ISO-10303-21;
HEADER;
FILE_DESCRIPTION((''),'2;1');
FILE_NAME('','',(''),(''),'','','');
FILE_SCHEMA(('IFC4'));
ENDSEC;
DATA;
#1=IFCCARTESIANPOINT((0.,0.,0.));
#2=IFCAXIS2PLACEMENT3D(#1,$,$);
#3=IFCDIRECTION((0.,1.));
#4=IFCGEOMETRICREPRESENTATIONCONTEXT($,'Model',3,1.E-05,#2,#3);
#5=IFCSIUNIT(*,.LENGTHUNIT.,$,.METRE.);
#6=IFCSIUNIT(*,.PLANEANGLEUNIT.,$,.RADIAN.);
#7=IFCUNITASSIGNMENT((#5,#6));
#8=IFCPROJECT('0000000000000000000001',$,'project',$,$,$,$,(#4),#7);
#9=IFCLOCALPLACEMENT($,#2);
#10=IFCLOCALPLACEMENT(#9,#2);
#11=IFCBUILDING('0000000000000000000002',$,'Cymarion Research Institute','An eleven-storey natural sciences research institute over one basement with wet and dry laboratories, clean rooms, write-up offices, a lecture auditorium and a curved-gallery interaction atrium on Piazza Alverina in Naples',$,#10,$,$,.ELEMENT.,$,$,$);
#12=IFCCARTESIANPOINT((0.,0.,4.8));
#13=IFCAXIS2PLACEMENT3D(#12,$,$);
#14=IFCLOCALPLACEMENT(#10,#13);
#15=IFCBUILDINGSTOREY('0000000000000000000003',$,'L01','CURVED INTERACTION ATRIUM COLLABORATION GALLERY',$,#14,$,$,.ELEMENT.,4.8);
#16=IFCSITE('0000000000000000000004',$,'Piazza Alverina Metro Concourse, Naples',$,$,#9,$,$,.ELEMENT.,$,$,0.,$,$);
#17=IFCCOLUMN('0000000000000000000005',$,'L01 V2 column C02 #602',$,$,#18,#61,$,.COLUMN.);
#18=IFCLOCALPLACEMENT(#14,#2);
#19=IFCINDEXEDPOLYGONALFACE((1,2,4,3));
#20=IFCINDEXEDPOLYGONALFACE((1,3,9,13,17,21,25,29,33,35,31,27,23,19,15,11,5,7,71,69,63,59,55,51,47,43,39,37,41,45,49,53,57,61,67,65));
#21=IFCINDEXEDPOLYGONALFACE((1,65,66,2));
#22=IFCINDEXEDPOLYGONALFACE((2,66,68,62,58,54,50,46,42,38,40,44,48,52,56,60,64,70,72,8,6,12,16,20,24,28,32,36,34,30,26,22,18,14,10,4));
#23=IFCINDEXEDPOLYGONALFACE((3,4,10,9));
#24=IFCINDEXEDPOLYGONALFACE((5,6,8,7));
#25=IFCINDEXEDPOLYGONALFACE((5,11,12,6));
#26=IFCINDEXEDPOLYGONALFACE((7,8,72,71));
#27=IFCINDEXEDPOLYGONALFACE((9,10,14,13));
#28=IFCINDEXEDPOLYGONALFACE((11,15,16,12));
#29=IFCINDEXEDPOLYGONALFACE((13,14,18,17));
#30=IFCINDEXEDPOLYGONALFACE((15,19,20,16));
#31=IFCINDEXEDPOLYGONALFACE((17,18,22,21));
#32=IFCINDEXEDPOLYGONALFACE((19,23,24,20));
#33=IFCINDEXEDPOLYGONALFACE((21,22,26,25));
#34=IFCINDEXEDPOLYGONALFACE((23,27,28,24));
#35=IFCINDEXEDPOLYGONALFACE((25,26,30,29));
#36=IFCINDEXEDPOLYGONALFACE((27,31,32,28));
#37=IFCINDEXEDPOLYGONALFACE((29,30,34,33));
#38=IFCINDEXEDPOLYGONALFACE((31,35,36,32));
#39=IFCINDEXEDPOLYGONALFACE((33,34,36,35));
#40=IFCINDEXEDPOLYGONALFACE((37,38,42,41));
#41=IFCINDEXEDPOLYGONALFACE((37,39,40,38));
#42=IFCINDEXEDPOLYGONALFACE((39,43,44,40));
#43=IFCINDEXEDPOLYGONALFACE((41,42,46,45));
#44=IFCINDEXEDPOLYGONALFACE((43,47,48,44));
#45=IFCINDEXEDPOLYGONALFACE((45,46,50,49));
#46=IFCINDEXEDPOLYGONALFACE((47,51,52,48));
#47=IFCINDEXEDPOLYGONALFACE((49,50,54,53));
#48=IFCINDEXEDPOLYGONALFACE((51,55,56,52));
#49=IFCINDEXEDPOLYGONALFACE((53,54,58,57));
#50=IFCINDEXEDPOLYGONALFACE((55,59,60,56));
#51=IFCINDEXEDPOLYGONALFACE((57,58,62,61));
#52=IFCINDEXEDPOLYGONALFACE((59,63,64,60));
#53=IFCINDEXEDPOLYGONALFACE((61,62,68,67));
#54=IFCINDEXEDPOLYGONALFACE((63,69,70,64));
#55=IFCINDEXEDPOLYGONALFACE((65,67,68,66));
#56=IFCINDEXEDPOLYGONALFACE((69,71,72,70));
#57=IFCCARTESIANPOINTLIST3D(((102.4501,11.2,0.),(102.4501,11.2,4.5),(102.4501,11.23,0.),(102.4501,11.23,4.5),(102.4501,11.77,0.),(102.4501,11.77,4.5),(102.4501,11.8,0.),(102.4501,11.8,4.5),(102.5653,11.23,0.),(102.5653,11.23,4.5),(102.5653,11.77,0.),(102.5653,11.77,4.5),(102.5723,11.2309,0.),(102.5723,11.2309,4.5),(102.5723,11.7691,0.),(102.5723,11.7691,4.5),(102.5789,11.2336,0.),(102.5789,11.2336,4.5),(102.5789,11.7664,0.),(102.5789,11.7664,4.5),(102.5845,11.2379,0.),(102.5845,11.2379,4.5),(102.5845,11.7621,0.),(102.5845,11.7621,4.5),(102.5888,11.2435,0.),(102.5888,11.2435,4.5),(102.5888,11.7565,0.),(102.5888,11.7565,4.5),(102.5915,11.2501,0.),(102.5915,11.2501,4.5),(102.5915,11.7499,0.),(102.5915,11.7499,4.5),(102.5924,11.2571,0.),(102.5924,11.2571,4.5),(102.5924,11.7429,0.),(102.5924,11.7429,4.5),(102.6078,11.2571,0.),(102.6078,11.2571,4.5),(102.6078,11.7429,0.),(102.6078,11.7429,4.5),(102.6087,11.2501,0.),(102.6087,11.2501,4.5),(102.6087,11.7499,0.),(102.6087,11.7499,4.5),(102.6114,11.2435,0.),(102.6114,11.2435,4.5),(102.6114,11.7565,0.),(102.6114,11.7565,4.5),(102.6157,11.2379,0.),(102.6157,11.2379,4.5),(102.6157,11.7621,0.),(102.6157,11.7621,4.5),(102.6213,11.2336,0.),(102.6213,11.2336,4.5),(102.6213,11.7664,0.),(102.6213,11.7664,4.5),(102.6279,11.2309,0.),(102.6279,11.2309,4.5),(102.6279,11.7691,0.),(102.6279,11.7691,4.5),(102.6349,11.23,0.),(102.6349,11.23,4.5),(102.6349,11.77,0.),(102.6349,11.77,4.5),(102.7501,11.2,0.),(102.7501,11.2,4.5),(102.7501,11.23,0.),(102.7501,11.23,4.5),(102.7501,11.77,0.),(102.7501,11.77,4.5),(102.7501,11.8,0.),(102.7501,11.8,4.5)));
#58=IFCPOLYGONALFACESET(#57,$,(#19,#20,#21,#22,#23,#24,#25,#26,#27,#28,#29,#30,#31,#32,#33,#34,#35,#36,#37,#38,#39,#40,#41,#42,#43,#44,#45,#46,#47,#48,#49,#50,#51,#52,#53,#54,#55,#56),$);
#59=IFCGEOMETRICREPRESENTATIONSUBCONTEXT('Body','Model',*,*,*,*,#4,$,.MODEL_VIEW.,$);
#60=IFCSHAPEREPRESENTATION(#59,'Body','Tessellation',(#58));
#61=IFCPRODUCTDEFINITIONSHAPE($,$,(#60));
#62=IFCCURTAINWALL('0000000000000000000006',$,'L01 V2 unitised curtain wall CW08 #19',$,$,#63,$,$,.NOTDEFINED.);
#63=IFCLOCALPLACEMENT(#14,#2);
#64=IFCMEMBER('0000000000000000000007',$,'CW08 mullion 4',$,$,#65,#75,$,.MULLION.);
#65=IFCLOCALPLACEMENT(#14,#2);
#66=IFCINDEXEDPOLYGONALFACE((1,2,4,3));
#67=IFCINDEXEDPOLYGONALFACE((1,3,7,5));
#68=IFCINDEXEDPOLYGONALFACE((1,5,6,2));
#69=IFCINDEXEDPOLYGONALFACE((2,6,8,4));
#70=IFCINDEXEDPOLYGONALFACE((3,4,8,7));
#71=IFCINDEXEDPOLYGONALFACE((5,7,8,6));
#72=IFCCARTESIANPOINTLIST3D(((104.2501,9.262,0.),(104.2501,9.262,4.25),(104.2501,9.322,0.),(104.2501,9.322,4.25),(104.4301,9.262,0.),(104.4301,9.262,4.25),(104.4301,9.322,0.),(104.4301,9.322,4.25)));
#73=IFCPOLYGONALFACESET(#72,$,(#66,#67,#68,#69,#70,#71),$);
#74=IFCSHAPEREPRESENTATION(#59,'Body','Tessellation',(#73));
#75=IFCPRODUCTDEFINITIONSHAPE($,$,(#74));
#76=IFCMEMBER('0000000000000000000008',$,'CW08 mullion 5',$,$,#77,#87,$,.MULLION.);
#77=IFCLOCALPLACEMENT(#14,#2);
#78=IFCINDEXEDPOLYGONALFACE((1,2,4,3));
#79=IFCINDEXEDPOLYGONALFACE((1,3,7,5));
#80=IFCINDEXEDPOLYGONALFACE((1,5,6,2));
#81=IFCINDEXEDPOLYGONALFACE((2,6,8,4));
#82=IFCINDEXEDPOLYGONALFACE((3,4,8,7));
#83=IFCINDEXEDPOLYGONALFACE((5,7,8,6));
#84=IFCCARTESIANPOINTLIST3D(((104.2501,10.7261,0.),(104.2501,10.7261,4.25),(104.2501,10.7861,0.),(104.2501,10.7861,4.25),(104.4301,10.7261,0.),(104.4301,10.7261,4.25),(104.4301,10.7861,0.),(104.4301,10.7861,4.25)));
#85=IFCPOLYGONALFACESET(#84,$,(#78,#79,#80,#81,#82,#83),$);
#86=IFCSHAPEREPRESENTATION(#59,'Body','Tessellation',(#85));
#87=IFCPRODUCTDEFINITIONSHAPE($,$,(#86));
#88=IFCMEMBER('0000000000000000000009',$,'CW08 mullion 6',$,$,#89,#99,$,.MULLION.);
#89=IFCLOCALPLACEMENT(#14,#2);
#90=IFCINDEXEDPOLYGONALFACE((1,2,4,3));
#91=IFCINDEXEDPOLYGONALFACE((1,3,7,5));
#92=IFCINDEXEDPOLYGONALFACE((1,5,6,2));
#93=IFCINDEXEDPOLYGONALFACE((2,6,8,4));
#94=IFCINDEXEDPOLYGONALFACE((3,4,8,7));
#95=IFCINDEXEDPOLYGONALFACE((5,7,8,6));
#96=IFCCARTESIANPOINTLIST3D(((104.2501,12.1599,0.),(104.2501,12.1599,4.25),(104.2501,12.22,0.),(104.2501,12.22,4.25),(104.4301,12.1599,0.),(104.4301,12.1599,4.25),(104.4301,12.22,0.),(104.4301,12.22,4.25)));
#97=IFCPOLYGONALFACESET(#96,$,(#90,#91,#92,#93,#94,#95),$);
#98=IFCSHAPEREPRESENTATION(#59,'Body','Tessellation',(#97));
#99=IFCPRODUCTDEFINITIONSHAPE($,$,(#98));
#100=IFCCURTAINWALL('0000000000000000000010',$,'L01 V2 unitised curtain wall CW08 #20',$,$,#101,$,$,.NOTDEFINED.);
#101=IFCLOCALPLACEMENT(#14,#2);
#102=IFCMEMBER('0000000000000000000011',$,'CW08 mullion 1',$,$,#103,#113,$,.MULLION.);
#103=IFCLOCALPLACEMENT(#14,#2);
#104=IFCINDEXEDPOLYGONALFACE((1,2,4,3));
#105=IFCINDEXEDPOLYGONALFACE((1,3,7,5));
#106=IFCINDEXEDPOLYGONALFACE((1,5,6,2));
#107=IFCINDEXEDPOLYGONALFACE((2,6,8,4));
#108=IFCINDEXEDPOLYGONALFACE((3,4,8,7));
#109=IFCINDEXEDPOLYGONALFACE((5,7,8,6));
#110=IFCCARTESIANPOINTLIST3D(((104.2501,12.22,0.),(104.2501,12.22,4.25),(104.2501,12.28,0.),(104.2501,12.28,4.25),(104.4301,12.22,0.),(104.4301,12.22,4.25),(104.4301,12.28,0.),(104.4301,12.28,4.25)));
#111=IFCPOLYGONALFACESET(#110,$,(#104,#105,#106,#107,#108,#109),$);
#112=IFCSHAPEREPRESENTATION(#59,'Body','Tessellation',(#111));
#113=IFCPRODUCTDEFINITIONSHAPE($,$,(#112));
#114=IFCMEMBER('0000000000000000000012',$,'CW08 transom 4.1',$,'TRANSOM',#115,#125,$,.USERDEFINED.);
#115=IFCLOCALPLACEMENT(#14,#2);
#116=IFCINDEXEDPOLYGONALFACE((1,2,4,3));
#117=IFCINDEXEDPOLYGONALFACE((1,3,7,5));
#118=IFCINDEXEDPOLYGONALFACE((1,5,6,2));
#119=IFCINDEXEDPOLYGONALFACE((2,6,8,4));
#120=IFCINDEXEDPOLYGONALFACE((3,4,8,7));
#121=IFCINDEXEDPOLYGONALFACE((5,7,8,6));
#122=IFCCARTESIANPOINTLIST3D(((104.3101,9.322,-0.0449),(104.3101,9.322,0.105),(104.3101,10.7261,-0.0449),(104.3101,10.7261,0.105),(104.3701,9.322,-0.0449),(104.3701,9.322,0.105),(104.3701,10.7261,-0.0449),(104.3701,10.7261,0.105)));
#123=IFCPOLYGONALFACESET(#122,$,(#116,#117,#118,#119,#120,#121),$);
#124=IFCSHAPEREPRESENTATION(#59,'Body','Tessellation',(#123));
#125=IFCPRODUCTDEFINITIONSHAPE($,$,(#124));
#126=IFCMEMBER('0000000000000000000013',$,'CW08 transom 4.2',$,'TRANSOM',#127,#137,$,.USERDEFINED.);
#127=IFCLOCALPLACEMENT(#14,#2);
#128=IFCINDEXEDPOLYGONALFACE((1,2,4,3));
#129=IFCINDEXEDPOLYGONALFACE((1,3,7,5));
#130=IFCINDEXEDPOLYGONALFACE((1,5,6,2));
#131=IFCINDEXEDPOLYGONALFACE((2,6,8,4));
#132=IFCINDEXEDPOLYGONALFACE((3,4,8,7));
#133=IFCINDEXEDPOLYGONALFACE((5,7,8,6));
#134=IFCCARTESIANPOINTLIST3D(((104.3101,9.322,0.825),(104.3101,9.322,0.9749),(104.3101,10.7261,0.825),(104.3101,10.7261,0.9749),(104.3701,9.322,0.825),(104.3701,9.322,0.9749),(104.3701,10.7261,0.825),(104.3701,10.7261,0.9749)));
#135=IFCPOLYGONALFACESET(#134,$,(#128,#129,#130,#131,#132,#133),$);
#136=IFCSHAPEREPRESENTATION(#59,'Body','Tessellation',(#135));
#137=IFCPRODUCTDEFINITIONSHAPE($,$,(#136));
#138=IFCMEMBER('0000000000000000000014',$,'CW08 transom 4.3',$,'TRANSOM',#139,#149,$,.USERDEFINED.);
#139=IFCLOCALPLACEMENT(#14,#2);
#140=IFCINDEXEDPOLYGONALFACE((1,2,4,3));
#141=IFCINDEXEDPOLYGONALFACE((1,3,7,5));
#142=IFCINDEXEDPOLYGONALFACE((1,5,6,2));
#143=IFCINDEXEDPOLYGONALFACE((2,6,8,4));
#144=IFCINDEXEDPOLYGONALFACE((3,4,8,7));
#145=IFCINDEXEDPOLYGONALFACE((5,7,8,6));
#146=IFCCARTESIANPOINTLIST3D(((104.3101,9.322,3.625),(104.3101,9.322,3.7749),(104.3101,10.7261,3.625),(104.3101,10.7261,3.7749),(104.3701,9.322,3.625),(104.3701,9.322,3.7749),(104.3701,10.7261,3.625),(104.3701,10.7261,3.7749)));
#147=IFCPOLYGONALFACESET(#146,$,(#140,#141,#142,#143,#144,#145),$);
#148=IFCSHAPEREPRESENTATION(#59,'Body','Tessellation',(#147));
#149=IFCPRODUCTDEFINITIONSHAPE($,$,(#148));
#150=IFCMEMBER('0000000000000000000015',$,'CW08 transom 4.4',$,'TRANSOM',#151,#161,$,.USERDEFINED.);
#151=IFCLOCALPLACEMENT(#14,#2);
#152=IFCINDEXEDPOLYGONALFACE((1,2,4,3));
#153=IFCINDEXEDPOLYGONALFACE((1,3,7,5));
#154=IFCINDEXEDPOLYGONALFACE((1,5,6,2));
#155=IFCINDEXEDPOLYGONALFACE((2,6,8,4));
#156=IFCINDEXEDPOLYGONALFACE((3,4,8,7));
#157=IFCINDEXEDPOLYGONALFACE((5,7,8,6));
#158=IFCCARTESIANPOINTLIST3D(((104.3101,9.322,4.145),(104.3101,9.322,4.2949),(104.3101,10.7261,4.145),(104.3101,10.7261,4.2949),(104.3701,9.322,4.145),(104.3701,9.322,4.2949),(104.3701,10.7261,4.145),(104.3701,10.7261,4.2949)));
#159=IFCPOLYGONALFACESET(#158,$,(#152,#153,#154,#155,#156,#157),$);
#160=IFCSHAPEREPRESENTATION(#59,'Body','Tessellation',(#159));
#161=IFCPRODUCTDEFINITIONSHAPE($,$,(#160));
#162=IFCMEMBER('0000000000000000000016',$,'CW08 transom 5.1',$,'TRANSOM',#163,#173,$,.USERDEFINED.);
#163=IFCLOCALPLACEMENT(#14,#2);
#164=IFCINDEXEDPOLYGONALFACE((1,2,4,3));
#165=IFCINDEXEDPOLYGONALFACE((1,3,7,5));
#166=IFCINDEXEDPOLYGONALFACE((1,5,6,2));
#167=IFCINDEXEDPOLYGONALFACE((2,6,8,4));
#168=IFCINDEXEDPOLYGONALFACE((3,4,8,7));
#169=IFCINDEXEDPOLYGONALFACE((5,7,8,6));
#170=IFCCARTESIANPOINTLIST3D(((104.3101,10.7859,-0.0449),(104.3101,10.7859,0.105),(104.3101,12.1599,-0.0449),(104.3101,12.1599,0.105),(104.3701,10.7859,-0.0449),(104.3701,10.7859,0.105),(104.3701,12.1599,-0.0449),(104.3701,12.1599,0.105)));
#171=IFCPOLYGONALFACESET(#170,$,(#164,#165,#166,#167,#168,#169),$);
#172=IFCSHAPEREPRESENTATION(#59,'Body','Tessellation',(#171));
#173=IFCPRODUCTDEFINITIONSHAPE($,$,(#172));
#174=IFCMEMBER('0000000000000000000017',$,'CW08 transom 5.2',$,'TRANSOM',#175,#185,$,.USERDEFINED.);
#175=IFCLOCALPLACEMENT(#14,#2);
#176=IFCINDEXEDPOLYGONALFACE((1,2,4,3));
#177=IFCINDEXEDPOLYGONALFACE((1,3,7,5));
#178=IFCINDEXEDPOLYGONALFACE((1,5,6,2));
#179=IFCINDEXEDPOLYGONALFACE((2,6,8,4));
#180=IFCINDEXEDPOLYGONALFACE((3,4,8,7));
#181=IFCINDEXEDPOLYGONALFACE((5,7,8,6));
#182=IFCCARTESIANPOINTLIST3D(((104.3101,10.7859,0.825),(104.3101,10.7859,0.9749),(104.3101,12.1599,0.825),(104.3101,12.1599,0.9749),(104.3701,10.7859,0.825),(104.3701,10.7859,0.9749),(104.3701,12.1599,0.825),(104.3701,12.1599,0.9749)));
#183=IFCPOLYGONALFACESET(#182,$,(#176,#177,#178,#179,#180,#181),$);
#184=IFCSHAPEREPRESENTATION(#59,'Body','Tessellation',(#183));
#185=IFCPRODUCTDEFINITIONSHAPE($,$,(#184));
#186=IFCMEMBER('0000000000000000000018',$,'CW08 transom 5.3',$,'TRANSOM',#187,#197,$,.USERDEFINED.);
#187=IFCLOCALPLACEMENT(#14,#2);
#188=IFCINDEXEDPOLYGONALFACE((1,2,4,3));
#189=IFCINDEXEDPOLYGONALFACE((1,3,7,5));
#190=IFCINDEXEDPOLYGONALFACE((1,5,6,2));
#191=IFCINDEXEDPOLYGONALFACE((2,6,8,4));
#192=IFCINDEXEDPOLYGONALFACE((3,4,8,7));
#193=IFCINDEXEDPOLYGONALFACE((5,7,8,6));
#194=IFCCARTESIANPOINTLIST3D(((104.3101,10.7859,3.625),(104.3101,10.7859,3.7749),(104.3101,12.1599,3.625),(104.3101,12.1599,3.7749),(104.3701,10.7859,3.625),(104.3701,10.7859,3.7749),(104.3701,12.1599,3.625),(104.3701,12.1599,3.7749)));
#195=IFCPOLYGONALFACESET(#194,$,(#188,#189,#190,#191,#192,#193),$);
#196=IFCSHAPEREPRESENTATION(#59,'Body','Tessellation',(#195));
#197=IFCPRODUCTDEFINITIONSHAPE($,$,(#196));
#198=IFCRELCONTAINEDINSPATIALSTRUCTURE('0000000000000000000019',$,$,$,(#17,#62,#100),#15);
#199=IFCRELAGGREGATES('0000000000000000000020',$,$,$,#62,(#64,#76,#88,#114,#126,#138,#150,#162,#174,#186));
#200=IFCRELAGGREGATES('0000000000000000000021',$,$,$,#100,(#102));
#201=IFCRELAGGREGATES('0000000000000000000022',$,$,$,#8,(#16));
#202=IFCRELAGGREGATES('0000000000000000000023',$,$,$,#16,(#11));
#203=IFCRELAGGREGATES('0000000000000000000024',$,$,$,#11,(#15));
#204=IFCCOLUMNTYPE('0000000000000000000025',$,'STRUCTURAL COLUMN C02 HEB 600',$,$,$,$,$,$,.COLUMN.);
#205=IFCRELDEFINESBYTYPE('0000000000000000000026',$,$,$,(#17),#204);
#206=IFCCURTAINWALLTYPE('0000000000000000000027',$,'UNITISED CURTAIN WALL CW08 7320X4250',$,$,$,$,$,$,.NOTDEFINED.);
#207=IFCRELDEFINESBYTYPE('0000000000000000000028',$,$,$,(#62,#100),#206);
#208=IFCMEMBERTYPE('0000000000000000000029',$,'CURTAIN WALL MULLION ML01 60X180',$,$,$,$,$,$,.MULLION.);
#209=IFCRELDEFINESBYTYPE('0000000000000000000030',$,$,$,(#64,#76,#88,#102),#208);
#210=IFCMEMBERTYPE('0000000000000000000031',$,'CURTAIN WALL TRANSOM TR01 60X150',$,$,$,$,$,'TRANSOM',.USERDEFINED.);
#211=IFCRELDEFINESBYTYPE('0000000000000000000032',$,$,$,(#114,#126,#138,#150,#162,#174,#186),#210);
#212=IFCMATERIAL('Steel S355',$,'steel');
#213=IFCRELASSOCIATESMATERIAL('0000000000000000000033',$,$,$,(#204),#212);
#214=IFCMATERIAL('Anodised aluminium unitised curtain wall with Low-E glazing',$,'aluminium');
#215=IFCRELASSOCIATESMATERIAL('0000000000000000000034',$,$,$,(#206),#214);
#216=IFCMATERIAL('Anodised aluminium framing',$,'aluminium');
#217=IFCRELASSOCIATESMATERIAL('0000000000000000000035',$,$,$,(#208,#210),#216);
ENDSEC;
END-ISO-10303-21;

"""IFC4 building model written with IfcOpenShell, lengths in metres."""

from ifc_helpers import new_model, si_unit, direction, frame, origin, origin_2d, place, context, subcontext, project, spatial, rectangle, i_section, extrude, material, material_profile, profile_set, type_object, element, aggregate, save


model = new_model("IFC4")

# Units and contexts
model_context = context("Model", 3, precision=1e-05, world=origin(), true_north=direction((0.0, 1.0)))
body_context = subcontext(model_context, "Body", "Model", "MODEL_VIEW")
ifc_project = project(units=[si_unit("LENGTHUNIT", "METRE"), si_unit("PLANEANGLEUNIT", "RADIAN")], contexts=[model_context])

# Site, building, storey
site_placement = place(None, origin())
site = spatial("IfcSite", under=ifc_project, at=site_placement, Name="Piazza Alverina Metro Concourse, Naples", CompositionType="ELEMENT", RefElevation=0.0)
building_placement = place(site_placement, origin())
building = spatial("IfcBuilding", under=site, at=building_placement, Name="Cymarion Research Institute", Description="An eleven-storey natural sciences research institute over one basement with wet and dry laboratories, clean rooms, write-up offices, a lecture auditorium and a curved-gallery interaction atrium on Piazza Alverina in Naples", CompositionType="ELEMENT")
storey_placement = place(building_placement, frame((0.0, 0.0, 4.8)))
storey = spatial("IfcBuildingStorey", under=building, at=storey_placement, Name="L01", Description="CURVED INTERACTION ATRIUM COLLABORATION GALLERY", CompositionType="ELEMENT", Elevation=4.8)

# Column
ifc_material_1 = material(Name="Steel S355", Category="steel")
ifc_material_profile_1 = material_profile(ifc_material_1, i_section(OverallWidth=0.3, OverallDepth=0.6001, WebThickness=0.0154, FlangeThickness=0.03, FilletRadius=0.0271, at=origin_2d()), Name="HEB 600")
ifc_profile_set_1 = profile_set([ifc_material_profile_1], Name="Steel S355")
column_type = type_object("IfcColumnType", Name="STRUCTURAL COLUMN C02 HEB 600", PredefinedType="COLUMN", material=ifc_profile_set_1)
column_placement = place(storey_placement, frame((102.6001, 11.5, 0.0), z_axis=(0.0, 0.0, 1.0), x_axis=(1.0, 0.0, 0.0)))
element("IfcColumn", 1, at=column_placement, inside=storey, type_object=column_type, Name="L01 V2 column C02 #602", PredefinedType="COLUMN", context=body_context, shape_type="SweptSolid", body=[
    extrude(i_section(OverallWidth=0.3, OverallDepth=0.6001, WebThickness=0.0154, FlangeThickness=0.03, FilletRadius=0.0271, at=origin_2d()), origin(), (0.0, 0.0, 1.0), 4.5),
])

# Curtain wall, members
ifc_material_2 = material(Name="Anodised aluminium unitised curtain wall with Low-E glazing", Category="aluminium")
curtain_wall_type = type_object("IfcCurtainWallType", Name="UNITISED CURTAIN WALL CW08 7320X4250", PredefinedType="NOTDEFINED", material=ifc_material_2)
curtain_wall_1_placement = place(storey_placement, origin())
curtain_wall_1 = element("IfcCurtainWall", 2, at=curtain_wall_1_placement, inside=storey, type_object=curtain_wall_type, Name="L01 V2 unitised curtain wall CW08 #19", PredefinedType="NOTDEFINED")
ifc_material_3 = material(Name="Anodised aluminium framing", Category="aluminium")
ifc_material_profile_2 = material_profile(ifc_material_3, rectangle(XDim=0.0601, YDim=0.1799, at=origin_2d()), Name="ALU MULLION 60x180")
ifc_profile_set_2 = profile_set([ifc_material_profile_2], Name="Anodised aluminium framing")
member_type_1 = type_object("IfcMemberType", Name="CURTAIN WALL MULLION ML01 60X180", PredefinedType="MULLION", material=ifc_profile_set_2)
member_1_placement = place(storey_placement, frame((104.3401, 9.292, 0.0), z_axis=(0.0, 0.0, 1.0), x_axis=(0.0, 1.0, 0.0)))
member_1 = element("IfcMember", 3, at=member_1_placement, type_object=member_type_1, Name="CW08 mullion 4", PredefinedType="MULLION", context=body_context, shape_type="SweptSolid", body=[
    extrude(rectangle(XDim=0.0601, YDim=0.1799, at=origin_2d()), origin(), (0.0, 0.0, 1.0), 4.25),
])
member_2_placement = place(storey_placement, frame((104.3401, 10.7561, 0.0), z_axis=(0.0, 0.0, 1.0), x_axis=(0.0, 1.0, 0.0)))
member_2 = element("IfcMember", 4, at=member_2_placement, type_object=member_type_1, Name="CW08 mullion 5", PredefinedType="MULLION", context=body_context, shape_type="SweptSolid", body=[
    extrude(rectangle(XDim=0.0601, YDim=0.1799, at=origin_2d()), origin(), (0.0, 0.0, 1.0), 4.25),
])
member_3_placement = place(storey_placement, frame((104.3401, 12.1899, 0.0), z_axis=(0.0, 0.0, 1.0), x_axis=(0.0, 1.0, 0.0)))
member_3 = element("IfcMember", 5, at=member_3_placement, type_object=member_type_1, Name="CW08 mullion 6", PredefinedType="MULLION", context=body_context, shape_type="SweptSolid", body=[
    extrude(rectangle(XDim=0.0601, YDim=0.1799, at=origin_2d()), origin(), (0.0, 0.0, 1.0), 4.25),
])

# Curtain wall, member
curtain_wall_2_placement = place(storey_placement, origin())
curtain_wall_2 = element("IfcCurtainWall", 6, at=curtain_wall_2_placement, inside=storey, type_object=curtain_wall_type, Name="L01 V2 unitised curtain wall CW08 #20", PredefinedType="NOTDEFINED")
member_4_placement = place(storey_placement, frame((104.3401, 12.25, 0.0), z_axis=(0.0, 0.0, 1.0), x_axis=(0.0, 1.0, 0.0)))
member_4 = element("IfcMember", 7, at=member_4_placement, type_object=member_type_1, Name="CW08 mullion 1", PredefinedType="MULLION", context=body_context, shape_type="SweptSolid", body=[
    extrude(rectangle(XDim=0.0601, YDim=0.1799, at=origin_2d()), origin(), (0.0, 0.0, 1.0), 4.25),
])

# Members
ifc_material_profile_3 = material_profile(ifc_material_3, rectangle(XDim=0.0601, YDim=0.1499, at=origin_2d()), Name="ALU TRANSOM 60x150")
ifc_profile_set_3 = profile_set([ifc_material_profile_3], Name="Anodised aluminium framing")
member_type_2 = type_object("IfcMemberType", Name="CURTAIN WALL TRANSOM TR01 60X150", ElementType="TRANSOM", PredefinedType="USERDEFINED", material=ifc_profile_set_3)
member_5_placement = place(storey_placement, frame((104.3401, 9.322, 0.03), z_axis=(0.0, 1.0, 0.0), x_axis=(-1.0, 0.0, 0.0)))
member_5 = element("IfcMember", 8, at=member_5_placement, type_object=member_type_2, Name="CW08 transom 4.1", ObjectType="TRANSOM", PredefinedType="USERDEFINED", context=body_context, shape_type="SweptSolid", body=[
    extrude(rectangle(XDim=0.0601, YDim=0.1499, at=origin_2d()), origin(), (0.0, 0.0, 1.0), 1.4041),
])
member_6_placement = place(storey_placement, frame((104.3401, 9.322, 0.8999), z_axis=(0.0, 1.0, 0.0), x_axis=(-1.0, 0.0, 0.0)))
member_6 = element("IfcMember", 9, at=member_6_placement, type_object=member_type_2, Name="CW08 transom 4.2", ObjectType="TRANSOM", PredefinedType="USERDEFINED", context=body_context, shape_type="SweptSolid", body=[
    extrude(rectangle(XDim=0.0601, YDim=0.1499, at=origin_2d()), origin(), (0.0, 0.0, 1.0), 1.4041),
])
member_7_placement = place(storey_placement, frame((104.3401, 9.322, 3.7), z_axis=(0.0, 1.0, 0.0), x_axis=(-1.0, 0.0, 0.0)))
member_7 = element("IfcMember", 10, at=member_7_placement, type_object=member_type_2, Name="CW08 transom 4.3", ObjectType="TRANSOM", PredefinedType="USERDEFINED", context=body_context, shape_type="SweptSolid", body=[
    extrude(rectangle(XDim=0.0601, YDim=0.1499, at=origin_2d()), origin(), (0.0, 0.0, 1.0), 1.4041),
])
member_8_placement = place(storey_placement, frame((104.3401, 9.322, 4.22), z_axis=(0.0, 1.0, 0.0), x_axis=(-1.0, 0.0, 0.0)))
member_8 = element("IfcMember", 11, at=member_8_placement, type_object=member_type_2, Name="CW08 transom 4.4", ObjectType="TRANSOM", PredefinedType="USERDEFINED", context=body_context, shape_type="SweptSolid", body=[
    extrude(rectangle(XDim=0.0601, YDim=0.1499, at=origin_2d()), origin(), (0.0, 0.0, 1.0), 1.4041),
])
member_9_placement = place(storey_placement, frame((104.3401, 10.7859, 0.03), z_axis=(0.0, 1.0, 0.0), x_axis=(-1.0, 0.0, 0.0)))
member_9 = element("IfcMember", 12, at=member_9_placement, type_object=member_type_2, Name="CW08 transom 5.1", ObjectType="TRANSOM", PredefinedType="USERDEFINED", context=body_context, shape_type="SweptSolid", body=[
    extrude(rectangle(XDim=0.0601, YDim=0.1499, at=origin_2d()), origin(), (0.0, 0.0, 1.0), 1.374),
])
member_10_placement = place(storey_placement, frame((104.3401, 10.7859, 0.8999), z_axis=(0.0, 1.0, 0.0), x_axis=(-1.0, 0.0, 0.0)))
member_10 = element("IfcMember", 13, at=member_10_placement, type_object=member_type_2, Name="CW08 transom 5.2", ObjectType="TRANSOM", PredefinedType="USERDEFINED", context=body_context, shape_type="SweptSolid", body=[
    extrude(rectangle(XDim=0.0601, YDim=0.1499, at=origin_2d()), origin(), (0.0, 0.0, 1.0), 1.374),
])
member_11_placement = place(storey_placement, frame((104.3401, 10.7859, 3.7), z_axis=(0.0, 1.0, 0.0), x_axis=(-1.0, 0.0, 0.0)))
member_11 = element("IfcMember", 14, at=member_11_placement, type_object=member_type_2, Name="CW08 transom 5.3", ObjectType="TRANSOM", PredefinedType="USERDEFINED", context=body_context, shape_type="SweptSolid", body=[
    extrude(rectangle(XDim=0.0601, YDim=0.1499, at=origin_2d()), origin(), (0.0, 0.0, 1.0), 1.374),
])

aggregate(curtain_wall_1, [member_1, member_2, member_3, member_5, member_6, member_7, member_8, member_9, member_10, member_11])
aggregate(curtain_wall_2, [member_4])

save(model, "model.ifc")
